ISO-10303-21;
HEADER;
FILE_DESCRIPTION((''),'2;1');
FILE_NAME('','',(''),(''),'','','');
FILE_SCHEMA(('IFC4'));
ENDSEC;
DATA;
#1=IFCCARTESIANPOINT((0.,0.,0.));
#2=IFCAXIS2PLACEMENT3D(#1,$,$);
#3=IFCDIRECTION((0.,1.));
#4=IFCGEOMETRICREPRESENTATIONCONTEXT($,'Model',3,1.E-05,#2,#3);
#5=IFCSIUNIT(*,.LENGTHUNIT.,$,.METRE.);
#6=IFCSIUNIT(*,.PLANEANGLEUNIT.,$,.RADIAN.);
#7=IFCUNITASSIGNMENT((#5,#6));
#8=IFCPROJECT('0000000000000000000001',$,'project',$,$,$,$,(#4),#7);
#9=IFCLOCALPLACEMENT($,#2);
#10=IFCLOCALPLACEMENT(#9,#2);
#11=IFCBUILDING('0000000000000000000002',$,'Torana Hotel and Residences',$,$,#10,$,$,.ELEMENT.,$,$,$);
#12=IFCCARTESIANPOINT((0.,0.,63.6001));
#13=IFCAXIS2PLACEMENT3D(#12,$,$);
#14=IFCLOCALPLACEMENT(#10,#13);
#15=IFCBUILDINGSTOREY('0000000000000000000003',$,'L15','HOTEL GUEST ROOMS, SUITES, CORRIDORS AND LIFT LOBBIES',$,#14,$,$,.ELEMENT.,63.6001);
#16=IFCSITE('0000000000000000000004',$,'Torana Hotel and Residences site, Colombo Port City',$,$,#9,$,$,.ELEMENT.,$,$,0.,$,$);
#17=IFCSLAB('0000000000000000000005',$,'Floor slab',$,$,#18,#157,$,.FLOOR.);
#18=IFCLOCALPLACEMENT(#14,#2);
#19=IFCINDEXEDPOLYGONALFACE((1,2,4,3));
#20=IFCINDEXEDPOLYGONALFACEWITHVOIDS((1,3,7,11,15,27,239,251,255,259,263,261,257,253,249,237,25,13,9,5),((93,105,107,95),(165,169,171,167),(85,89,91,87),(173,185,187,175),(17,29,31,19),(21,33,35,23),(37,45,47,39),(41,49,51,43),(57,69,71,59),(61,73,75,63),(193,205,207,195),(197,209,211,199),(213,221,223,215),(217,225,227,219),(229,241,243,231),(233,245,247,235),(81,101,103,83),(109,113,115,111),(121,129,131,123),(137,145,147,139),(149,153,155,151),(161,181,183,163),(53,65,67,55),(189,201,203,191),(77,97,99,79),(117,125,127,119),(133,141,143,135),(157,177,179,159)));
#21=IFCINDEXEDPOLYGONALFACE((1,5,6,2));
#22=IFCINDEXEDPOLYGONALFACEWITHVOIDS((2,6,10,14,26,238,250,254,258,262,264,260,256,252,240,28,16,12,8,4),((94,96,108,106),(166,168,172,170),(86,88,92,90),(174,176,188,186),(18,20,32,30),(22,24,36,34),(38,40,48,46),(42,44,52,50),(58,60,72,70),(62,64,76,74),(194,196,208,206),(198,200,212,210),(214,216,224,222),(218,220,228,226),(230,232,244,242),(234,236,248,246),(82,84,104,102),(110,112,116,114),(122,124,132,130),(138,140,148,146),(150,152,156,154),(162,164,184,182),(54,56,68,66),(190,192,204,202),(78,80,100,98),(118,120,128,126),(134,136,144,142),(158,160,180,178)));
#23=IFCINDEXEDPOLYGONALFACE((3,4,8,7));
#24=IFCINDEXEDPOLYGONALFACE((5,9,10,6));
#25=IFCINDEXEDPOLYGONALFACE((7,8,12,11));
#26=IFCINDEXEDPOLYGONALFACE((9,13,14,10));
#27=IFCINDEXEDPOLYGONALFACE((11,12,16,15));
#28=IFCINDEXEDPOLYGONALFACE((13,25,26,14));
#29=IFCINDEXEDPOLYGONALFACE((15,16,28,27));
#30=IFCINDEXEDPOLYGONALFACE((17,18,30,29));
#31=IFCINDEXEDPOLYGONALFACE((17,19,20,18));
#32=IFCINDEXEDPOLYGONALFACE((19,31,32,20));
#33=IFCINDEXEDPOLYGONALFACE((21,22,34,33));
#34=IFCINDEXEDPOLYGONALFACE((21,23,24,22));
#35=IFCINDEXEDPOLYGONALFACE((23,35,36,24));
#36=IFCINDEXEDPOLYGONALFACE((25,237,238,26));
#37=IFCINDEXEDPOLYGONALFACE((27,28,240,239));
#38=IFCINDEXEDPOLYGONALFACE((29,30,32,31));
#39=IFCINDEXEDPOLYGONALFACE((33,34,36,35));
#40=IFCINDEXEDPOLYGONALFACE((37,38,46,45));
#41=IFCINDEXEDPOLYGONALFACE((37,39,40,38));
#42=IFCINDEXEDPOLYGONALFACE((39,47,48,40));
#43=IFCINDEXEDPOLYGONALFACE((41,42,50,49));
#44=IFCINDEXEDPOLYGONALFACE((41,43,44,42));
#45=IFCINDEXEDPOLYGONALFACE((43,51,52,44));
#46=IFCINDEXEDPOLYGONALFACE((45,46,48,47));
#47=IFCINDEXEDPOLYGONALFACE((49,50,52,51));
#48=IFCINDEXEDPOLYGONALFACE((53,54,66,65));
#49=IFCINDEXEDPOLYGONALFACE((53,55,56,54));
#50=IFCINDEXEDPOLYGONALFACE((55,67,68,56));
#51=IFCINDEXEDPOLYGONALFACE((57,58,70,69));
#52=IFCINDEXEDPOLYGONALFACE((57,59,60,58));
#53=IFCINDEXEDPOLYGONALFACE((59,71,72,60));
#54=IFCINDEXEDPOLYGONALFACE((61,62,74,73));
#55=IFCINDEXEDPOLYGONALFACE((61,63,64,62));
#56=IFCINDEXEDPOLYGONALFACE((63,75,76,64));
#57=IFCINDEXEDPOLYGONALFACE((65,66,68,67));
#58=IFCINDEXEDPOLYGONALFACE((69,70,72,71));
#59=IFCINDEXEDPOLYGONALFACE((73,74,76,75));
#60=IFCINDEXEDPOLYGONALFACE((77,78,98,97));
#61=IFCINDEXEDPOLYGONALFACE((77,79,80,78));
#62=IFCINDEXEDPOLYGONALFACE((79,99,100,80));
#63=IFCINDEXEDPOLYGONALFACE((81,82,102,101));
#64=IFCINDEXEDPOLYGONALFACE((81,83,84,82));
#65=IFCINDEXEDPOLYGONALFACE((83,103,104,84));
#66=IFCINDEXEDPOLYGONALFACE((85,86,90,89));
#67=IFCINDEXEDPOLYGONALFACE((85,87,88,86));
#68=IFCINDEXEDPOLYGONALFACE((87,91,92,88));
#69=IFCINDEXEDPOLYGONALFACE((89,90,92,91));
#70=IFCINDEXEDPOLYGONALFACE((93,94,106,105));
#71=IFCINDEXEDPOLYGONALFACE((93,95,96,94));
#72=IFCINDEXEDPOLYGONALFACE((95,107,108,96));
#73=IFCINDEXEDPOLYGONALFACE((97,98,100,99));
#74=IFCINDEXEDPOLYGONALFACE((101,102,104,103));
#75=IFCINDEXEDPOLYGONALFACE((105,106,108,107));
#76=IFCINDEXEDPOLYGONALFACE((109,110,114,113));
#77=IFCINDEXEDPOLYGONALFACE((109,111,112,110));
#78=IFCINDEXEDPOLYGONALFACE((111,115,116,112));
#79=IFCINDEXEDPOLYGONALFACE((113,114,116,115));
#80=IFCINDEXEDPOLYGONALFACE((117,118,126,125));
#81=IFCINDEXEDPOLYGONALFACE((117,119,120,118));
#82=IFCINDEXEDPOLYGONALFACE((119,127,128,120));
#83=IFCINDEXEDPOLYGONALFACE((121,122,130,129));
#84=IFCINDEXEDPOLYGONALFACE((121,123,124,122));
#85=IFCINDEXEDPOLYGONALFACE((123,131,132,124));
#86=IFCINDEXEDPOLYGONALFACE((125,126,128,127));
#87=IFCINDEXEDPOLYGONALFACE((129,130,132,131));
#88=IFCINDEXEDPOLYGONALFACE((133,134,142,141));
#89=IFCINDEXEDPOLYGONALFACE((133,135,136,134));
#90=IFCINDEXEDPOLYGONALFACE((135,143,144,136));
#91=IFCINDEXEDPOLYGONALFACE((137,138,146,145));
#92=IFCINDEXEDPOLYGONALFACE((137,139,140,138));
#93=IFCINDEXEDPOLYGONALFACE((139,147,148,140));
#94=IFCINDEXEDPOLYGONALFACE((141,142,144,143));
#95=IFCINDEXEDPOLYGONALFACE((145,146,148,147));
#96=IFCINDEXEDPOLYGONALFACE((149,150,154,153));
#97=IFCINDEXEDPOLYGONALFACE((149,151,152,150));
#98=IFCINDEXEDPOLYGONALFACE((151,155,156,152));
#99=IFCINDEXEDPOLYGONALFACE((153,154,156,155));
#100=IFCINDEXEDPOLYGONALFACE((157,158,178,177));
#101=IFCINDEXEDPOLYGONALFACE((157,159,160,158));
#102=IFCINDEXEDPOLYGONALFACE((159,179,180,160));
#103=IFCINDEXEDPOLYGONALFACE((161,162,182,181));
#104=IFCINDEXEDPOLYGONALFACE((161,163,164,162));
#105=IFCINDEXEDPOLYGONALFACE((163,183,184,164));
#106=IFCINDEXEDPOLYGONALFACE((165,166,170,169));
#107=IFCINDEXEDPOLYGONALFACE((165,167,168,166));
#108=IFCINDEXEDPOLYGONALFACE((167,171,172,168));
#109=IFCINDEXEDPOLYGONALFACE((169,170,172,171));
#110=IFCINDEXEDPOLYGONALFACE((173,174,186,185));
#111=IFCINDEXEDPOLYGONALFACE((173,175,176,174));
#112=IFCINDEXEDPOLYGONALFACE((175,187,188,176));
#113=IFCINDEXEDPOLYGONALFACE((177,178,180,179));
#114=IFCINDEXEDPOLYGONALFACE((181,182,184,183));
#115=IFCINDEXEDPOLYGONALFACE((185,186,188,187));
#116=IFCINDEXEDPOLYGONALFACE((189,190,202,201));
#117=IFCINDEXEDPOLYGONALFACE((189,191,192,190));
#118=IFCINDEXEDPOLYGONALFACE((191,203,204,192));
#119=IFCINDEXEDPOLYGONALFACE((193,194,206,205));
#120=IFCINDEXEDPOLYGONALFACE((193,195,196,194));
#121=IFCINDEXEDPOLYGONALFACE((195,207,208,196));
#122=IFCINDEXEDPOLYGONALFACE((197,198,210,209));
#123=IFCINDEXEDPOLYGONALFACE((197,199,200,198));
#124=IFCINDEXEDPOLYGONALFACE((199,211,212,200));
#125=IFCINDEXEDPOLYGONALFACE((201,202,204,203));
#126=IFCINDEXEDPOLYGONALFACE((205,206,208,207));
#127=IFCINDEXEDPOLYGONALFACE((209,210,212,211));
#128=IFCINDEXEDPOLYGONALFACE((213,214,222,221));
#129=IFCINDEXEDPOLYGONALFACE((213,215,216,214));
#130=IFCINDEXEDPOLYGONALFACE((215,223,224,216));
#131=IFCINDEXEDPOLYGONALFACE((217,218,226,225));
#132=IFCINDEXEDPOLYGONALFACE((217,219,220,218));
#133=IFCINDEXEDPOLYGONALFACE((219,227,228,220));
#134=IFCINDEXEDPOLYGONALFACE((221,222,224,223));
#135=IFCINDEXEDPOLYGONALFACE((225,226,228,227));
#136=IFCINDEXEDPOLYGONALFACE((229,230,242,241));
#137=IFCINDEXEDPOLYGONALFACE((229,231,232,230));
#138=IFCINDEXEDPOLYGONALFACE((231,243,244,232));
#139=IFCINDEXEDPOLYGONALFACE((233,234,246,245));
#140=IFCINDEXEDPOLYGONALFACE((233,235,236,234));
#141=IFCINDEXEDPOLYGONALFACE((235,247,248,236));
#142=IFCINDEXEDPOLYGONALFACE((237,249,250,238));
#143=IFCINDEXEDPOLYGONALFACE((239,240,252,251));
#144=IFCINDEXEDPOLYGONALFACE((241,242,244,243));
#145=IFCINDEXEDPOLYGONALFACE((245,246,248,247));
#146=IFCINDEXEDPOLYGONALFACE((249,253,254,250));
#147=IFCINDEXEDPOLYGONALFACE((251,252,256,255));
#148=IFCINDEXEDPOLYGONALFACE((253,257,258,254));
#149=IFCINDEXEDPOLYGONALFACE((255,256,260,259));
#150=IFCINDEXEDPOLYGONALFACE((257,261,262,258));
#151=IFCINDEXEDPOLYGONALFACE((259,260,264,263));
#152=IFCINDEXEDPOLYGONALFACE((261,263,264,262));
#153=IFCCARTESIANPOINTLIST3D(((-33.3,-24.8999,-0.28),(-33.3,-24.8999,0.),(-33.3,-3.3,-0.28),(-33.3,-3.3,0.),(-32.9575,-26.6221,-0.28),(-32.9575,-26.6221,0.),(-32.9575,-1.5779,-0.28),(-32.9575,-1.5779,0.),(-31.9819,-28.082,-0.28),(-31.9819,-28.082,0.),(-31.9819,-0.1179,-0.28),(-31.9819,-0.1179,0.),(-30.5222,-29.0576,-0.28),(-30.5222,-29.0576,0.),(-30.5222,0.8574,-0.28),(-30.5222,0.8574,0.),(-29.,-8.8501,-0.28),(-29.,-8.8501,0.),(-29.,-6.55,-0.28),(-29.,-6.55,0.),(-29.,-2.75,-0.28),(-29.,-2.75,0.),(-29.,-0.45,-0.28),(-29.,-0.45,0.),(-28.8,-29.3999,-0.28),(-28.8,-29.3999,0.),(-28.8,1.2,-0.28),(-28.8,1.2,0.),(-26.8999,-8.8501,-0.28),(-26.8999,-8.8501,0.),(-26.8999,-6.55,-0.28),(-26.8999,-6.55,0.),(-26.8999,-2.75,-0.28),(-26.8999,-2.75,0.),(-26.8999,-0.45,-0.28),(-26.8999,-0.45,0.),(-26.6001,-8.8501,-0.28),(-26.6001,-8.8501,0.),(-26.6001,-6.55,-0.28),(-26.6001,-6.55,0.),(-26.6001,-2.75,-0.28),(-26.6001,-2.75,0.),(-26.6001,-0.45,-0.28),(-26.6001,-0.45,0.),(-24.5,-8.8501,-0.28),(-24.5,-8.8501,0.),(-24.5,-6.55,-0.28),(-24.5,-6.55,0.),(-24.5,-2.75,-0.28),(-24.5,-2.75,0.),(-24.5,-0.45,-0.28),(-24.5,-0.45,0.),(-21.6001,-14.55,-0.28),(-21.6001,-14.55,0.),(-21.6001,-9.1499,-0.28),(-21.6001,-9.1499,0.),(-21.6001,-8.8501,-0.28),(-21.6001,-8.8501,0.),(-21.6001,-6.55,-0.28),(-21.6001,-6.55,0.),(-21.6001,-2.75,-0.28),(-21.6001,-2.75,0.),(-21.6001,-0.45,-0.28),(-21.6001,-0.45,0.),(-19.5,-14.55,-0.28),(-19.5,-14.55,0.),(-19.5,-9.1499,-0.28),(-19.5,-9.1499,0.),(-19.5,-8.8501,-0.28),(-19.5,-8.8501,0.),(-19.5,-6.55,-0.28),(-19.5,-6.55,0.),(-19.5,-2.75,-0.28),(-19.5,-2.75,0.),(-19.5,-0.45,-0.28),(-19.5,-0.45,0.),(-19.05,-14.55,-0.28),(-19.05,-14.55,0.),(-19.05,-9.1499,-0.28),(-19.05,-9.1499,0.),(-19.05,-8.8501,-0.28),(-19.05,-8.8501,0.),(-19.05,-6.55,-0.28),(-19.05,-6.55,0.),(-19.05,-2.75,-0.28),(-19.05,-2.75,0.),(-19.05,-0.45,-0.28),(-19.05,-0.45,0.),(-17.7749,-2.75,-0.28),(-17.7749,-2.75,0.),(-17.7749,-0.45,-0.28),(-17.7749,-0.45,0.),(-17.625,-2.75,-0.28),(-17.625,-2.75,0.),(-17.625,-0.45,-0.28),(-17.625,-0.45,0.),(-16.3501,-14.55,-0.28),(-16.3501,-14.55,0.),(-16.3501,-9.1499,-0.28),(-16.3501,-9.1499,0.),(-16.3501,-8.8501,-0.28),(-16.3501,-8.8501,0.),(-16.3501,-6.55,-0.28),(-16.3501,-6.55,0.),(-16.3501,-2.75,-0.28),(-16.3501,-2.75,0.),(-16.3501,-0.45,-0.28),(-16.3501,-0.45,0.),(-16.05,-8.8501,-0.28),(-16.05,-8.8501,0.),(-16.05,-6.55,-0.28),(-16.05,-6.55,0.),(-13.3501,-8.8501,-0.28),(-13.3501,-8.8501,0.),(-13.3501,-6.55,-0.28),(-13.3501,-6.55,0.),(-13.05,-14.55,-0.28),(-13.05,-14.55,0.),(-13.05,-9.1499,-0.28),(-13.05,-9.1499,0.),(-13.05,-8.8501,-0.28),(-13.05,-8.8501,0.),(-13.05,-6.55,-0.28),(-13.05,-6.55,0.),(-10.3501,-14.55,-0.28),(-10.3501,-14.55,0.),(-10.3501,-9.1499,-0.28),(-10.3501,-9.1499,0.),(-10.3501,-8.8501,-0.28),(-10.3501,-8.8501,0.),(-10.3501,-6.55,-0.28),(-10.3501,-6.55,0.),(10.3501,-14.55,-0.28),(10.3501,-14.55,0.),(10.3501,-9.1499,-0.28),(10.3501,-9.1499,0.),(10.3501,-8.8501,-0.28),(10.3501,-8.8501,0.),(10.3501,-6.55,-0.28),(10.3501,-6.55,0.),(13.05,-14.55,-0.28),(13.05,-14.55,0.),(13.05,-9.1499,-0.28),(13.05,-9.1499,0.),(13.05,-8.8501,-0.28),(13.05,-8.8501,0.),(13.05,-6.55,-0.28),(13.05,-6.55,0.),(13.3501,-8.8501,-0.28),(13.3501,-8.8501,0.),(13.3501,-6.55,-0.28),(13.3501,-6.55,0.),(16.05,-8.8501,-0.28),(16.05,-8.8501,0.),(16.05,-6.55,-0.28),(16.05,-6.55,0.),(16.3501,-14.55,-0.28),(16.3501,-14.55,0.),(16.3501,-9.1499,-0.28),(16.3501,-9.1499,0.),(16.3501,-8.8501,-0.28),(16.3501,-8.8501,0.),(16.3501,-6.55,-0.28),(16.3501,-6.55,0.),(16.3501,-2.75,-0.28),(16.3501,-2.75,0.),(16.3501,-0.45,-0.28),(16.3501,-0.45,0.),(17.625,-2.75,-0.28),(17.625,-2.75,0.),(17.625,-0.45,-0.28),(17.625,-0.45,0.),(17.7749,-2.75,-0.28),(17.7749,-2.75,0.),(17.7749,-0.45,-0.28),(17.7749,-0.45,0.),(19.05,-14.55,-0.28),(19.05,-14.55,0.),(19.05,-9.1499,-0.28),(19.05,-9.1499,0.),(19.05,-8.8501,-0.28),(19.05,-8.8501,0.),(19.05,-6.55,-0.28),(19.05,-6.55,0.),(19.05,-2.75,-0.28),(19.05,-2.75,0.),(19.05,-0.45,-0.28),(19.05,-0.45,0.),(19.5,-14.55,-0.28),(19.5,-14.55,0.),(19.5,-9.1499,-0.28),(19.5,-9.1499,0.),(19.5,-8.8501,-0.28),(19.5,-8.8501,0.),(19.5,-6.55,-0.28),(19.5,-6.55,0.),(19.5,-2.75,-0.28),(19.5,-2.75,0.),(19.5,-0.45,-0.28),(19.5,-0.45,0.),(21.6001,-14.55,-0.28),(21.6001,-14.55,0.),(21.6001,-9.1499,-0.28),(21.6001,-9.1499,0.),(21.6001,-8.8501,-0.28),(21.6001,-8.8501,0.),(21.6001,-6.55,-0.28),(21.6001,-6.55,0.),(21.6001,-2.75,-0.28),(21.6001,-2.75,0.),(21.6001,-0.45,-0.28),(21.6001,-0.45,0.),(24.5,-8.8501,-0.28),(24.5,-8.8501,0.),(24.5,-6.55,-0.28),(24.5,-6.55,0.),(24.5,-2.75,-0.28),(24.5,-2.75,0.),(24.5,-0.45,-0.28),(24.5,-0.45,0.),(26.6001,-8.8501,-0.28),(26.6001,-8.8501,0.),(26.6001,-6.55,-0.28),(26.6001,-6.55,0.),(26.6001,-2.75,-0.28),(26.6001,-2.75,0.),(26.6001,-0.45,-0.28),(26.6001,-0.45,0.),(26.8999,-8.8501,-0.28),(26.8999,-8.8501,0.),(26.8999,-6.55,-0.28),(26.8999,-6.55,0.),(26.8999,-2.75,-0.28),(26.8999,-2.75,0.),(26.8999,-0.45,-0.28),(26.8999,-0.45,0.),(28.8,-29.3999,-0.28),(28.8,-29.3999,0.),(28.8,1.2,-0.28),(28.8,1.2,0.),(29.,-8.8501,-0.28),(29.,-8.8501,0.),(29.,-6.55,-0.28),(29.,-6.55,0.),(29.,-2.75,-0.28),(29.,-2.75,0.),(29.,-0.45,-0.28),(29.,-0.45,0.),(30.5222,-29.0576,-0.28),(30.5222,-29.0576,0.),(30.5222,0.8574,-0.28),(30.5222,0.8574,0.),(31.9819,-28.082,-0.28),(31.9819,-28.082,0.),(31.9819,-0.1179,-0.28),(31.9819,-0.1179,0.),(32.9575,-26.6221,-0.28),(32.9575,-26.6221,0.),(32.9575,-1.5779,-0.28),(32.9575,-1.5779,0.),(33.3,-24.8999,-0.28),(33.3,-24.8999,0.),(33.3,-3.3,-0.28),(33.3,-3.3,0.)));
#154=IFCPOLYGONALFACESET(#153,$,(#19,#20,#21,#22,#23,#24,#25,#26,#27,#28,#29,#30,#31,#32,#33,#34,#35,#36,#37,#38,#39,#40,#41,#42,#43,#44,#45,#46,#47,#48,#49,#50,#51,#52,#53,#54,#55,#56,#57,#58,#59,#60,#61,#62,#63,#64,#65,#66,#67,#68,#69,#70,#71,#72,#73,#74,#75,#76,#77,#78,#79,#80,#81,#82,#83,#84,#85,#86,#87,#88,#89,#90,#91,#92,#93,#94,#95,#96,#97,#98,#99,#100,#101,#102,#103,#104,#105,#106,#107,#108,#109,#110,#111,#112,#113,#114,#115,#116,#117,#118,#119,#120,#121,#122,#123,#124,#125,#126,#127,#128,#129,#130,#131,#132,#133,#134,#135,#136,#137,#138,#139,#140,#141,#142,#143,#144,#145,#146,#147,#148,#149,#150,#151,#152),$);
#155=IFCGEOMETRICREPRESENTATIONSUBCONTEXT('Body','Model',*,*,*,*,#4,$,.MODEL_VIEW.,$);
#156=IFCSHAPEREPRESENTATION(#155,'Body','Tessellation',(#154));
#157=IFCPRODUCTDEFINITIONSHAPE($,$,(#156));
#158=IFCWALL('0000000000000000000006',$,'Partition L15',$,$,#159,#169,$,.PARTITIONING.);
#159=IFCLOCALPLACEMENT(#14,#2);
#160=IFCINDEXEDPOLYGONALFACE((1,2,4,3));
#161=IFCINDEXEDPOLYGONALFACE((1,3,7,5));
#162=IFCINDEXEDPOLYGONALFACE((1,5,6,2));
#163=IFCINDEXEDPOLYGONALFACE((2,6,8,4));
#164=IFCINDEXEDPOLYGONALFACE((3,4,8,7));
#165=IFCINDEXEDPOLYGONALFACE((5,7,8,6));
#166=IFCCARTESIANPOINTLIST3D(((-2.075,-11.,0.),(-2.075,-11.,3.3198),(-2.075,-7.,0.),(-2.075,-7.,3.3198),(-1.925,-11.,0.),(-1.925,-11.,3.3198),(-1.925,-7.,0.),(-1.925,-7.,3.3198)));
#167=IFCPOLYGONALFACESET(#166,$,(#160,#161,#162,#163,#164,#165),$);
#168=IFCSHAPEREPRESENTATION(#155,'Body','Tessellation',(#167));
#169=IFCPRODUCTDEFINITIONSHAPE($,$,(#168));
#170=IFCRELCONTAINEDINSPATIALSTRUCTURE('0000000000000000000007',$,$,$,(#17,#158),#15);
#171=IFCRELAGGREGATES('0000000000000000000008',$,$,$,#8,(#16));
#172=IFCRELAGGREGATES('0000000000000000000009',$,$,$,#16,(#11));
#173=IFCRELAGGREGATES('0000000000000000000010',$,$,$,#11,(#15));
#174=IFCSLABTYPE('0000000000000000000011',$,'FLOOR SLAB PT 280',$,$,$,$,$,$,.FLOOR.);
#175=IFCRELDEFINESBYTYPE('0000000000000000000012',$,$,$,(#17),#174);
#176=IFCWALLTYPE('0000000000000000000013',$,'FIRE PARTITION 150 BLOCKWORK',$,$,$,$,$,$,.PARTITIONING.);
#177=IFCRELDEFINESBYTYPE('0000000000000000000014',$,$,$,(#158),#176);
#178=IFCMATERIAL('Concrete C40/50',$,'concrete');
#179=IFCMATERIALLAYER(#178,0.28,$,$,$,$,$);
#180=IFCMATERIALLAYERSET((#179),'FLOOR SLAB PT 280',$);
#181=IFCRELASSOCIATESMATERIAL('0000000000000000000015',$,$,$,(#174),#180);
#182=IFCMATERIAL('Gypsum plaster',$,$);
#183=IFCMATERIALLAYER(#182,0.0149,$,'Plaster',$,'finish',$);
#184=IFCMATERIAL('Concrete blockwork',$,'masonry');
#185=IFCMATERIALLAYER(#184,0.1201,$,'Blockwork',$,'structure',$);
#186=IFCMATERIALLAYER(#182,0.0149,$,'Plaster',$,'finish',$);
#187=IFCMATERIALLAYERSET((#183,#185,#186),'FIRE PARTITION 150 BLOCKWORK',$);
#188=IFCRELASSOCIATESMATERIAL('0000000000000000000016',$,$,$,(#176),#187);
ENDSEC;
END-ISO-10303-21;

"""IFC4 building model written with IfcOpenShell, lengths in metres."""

from ifc_helpers import new_model, si_unit, direction, frame, frame_2d, origin, place, context, subcontext, project, spatial, polyline, rectangle, outline, extrude, material, layer, layer_set, type_object, element, save


model = new_model("IFC4")

# Units and contexts
model_context = context("Model", 3, precision=1e-05, world=origin(), true_north=direction((0.0, 1.0)))
body_context = subcontext(model_context, "Body", "Model", "MODEL_VIEW")
ifc_project = project(units=[si_unit("LENGTHUNIT", "METRE"), si_unit("PLANEANGLEUNIT", "RADIAN")], contexts=[model_context])

# Site, building, storey
site_placement = place(None, origin())
site = spatial("IfcSite", under=ifc_project, at=site_placement, Name="Torana Hotel and Residences site, Colombo Port City", CompositionType="ELEMENT", RefElevation=0.0)
building_placement = place(site_placement, origin())
building = spatial("IfcBuilding", under=site, at=building_placement, Name="Torana Hotel and Residences", CompositionType="ELEMENT")
storey_placement = place(building_placement, frame((0.0, 0.0, 63.6001)))
storey = spatial("IfcBuildingStorey", under=building, at=storey_placement, Name="L15", Description="HOTEL GUEST ROOMS, SUITES, CORRIDORS AND LIFT LOBBIES", CompositionType="ELEMENT", Elevation=63.6001)

# Slab
ifc_material_1 = material(Name="Concrete C40/50", Category="concrete")
ifc_layer_1 = layer(ifc_material_1, 0.28)
ifc_layer_set_1 = layer_set([ifc_layer_1], Name="FLOOR SLAB PT 280")
slab_type_1 = type_object("IfcSlabType", Name="FLOOR SLAB PT 280", PredefinedType="FLOOR", material=ifc_layer_set_1)
slab_1_placement = place(storey_placement, frame((0.0, 0.0, -0.28)))
element("IfcSlab", 1, at=slab_1_placement, inside=storey, type_object=slab_type_1, Name="Floor slab", PredefinedType="FLOOR", context=body_context, shape_type="SweptSolid", body=[
    extrude(outline(polyline([(33.3, -3.3), (32.9575, -1.5779), (31.9819, -0.1179), (30.5222, 0.8574), (28.8, 1.2), (-28.8, 1.2), (-30.5222, 0.8574), (-31.9819, -0.1179), (-32.9575, -1.5779), (-33.3, -3.3), (-33.3, -24.8999), (-32.9575, -26.6221), (-31.9819, -28.082), (-30.5222, -29.0576), (-28.8, -29.3999), (28.8, -29.3999), (30.5222, -29.0576), (31.9819, -28.082), (32.9575, -26.6221), (33.3, -24.8999), (33.3, -3.3)]), holes=[polyline([(-13.05, -14.55), (-10.3501, -14.55), (-10.3501, -9.1499), (-13.05, -9.1499), (-13.05, -14.55)]), polyline([(-19.05, -14.55), (-16.3501, -14.55), (-16.3501, -9.1499), (-19.05, -9.1499), (-19.05, -14.55)]), polyline([(-17.625, -2.75), (-16.3501, -2.75), (-16.3501, -0.45), (-17.625, -0.45), (-17.625, -2.75)]), polyline([(-19.05, -2.75), (-17.7749, -2.75), (-17.7749, -0.45), (-19.05, -0.45), (-19.05, -2.75)]), polyline([(-26.6001, -2.75), (-24.5, -2.75), (-24.5, -0.45), (-26.6001, -0.45), (-26.6001, -2.75)]), polyline([(-29.0, -2.75), (-26.8999, -2.75), (-26.8999, -0.45), (-29.0, -0.45), (-29.0, -2.75)]), polyline([(-26.6001, -8.8501), (-24.5, -8.8501), (-24.5, -6.55), (-26.6001, -6.55), (-26.6001, -8.8501)]), polyline([(-29.0, -8.8501), (-26.8999, -8.8501), (-26.8999, -6.55), (-29.0, -6.55), (-29.0, -8.8501)]), polyline([(-21.6001, -2.75), (-19.5, -2.75), (-19.5, -0.45), (-21.6001, -0.45), (-21.6001, -2.75)]), polyline([(-21.6001, -8.8501), (-19.5, -8.8501), (-19.5, -6.55), (-21.6001, -6.55), (-21.6001, -8.8501)]), polyline([(-13.05, -8.8501), (-10.3501, -8.8501), (-10.3501, -6.55), (-13.05, -6.55), (-13.05, -8.8501)]), polyline([(-16.05, -8.8501), (-13.3501, -8.8501), (-13.3501, -6.55), (-16.05, -6.55), (-16.05, -8.8501)]), polyline([(-19.05, -8.8501), (-16.3501, -8.8501), (-16.3501, -6.55), (-19.05, -6.55), (-19.05, -8.8501)]), polyline([(-21.6001, -14.55), (-19.5, -14.55), (-19.5, -9.1499), (-21.6001, -9.1499), (-21.6001, -14.55)]), polyline([(10.3501, -14.55), (13.05, -14.55), (13.05, -9.1499), (10.3501, -9.1499), (10.3501, -14.55)]), polyline([(16.3501, -14.55), (19.05, -14.55), (19.05, -9.1499), (16.3501, -9.1499), (16.3501, -14.55)]), polyline([(16.3501, -2.75), (17.625, -2.75), (17.625, -0.45), (16.3501, -0.45), (16.3501, -2.75)]), polyline([(17.7749, -2.75), (19.05, -2.75), (19.05, -0.45), (17.7749, -0.45), (17.7749, -2.75)]), polyline([(24.5, -2.75), (26.6001, -2.75), (26.6001, -0.45), (24.5, -0.45), (24.5, -2.75)]), polyline([(26.8999, -2.75), (29.0, -2.75), (29.0, -0.45), (26.8999, -0.45), (26.8999, -2.75)]), polyline([(24.5, -8.8501), (26.6001, -8.8501), (26.6001, -6.55), (24.5, -6.55), (24.5, -8.8501)]), polyline([(26.8999, -8.8501), (29.0, -8.8501), (29.0, -6.55), (26.8999, -6.55), (26.8999, -8.8501)]), polyline([(19.5, -2.75), (21.6001, -2.75), (21.6001, -0.45), (19.5, -0.45), (19.5, -2.75)]), polyline([(19.5, -8.8501), (21.6001, -8.8501), (21.6001, -6.55), (19.5, -6.55), (19.5, -8.8501)]), polyline([(10.3501, -8.8501), (13.05, -8.8501), (13.05, -6.55), (10.3501, -6.55), (10.3501, -8.8501)]), polyline([(13.3501, -8.8501), (16.05, -8.8501), (16.05, -6.55), (13.3501, -6.55), (13.3501, -8.8501)]), polyline([(16.3501, -8.8501), (19.05, -8.8501), (19.05, -6.55), (16.3501, -6.55), (16.3501, -8.8501)]), polyline([(19.5, -14.55), (21.6001, -14.55), (21.6001, -9.1499), (19.5, -9.1499), (19.5, -14.55)])]), origin(), (0.0, 0.0, 1.0), 0.28),
])

# Wall
ifc_material_2 = material(Name="Gypsum plaster")
ifc_layer_2 = layer(ifc_material_2, 0.0149, Name="Plaster", Category="finish")
ifc_material_3 = material(Name="Concrete blockwork", Category="masonry")
ifc_layer_3 = layer(ifc_material_3, 0.1201, Name="Blockwork", Category="structure")
ifc_layer_4 = layer(ifc_material_2, 0.0149, Name="Plaster", Category="finish")
ifc_layer_set_2 = layer_set([ifc_layer_2, ifc_layer_3, ifc_layer_4], Name="FIRE PARTITION 150 BLOCKWORK")
wall_type_1 = type_object("IfcWallType", Name="FIRE PARTITION 150 BLOCKWORK", PredefinedType="PARTITIONING", material=ifc_layer_set_2)
wall_1_placement = place(storey_placement, frame((-2.0, -11.0, 0.0), z_axis=(0.0, 0.0, 1.0), x_axis=(0.0, 1.0, 0.0)))
element("IfcWall", 2, at=wall_1_placement, inside=storey, type_object=wall_type_1, Name="Partition L15", PredefinedType="PARTITIONING", context=body_context, shape_type="SweptSolid", body=[
    extrude(rectangle(XDim=4.0, YDim=0.1499, at=frame_2d((2.0, 0.0))), origin(), (0.0, 0.0, 1.0), 3.3198),
])

save(model, "model.ifc")
